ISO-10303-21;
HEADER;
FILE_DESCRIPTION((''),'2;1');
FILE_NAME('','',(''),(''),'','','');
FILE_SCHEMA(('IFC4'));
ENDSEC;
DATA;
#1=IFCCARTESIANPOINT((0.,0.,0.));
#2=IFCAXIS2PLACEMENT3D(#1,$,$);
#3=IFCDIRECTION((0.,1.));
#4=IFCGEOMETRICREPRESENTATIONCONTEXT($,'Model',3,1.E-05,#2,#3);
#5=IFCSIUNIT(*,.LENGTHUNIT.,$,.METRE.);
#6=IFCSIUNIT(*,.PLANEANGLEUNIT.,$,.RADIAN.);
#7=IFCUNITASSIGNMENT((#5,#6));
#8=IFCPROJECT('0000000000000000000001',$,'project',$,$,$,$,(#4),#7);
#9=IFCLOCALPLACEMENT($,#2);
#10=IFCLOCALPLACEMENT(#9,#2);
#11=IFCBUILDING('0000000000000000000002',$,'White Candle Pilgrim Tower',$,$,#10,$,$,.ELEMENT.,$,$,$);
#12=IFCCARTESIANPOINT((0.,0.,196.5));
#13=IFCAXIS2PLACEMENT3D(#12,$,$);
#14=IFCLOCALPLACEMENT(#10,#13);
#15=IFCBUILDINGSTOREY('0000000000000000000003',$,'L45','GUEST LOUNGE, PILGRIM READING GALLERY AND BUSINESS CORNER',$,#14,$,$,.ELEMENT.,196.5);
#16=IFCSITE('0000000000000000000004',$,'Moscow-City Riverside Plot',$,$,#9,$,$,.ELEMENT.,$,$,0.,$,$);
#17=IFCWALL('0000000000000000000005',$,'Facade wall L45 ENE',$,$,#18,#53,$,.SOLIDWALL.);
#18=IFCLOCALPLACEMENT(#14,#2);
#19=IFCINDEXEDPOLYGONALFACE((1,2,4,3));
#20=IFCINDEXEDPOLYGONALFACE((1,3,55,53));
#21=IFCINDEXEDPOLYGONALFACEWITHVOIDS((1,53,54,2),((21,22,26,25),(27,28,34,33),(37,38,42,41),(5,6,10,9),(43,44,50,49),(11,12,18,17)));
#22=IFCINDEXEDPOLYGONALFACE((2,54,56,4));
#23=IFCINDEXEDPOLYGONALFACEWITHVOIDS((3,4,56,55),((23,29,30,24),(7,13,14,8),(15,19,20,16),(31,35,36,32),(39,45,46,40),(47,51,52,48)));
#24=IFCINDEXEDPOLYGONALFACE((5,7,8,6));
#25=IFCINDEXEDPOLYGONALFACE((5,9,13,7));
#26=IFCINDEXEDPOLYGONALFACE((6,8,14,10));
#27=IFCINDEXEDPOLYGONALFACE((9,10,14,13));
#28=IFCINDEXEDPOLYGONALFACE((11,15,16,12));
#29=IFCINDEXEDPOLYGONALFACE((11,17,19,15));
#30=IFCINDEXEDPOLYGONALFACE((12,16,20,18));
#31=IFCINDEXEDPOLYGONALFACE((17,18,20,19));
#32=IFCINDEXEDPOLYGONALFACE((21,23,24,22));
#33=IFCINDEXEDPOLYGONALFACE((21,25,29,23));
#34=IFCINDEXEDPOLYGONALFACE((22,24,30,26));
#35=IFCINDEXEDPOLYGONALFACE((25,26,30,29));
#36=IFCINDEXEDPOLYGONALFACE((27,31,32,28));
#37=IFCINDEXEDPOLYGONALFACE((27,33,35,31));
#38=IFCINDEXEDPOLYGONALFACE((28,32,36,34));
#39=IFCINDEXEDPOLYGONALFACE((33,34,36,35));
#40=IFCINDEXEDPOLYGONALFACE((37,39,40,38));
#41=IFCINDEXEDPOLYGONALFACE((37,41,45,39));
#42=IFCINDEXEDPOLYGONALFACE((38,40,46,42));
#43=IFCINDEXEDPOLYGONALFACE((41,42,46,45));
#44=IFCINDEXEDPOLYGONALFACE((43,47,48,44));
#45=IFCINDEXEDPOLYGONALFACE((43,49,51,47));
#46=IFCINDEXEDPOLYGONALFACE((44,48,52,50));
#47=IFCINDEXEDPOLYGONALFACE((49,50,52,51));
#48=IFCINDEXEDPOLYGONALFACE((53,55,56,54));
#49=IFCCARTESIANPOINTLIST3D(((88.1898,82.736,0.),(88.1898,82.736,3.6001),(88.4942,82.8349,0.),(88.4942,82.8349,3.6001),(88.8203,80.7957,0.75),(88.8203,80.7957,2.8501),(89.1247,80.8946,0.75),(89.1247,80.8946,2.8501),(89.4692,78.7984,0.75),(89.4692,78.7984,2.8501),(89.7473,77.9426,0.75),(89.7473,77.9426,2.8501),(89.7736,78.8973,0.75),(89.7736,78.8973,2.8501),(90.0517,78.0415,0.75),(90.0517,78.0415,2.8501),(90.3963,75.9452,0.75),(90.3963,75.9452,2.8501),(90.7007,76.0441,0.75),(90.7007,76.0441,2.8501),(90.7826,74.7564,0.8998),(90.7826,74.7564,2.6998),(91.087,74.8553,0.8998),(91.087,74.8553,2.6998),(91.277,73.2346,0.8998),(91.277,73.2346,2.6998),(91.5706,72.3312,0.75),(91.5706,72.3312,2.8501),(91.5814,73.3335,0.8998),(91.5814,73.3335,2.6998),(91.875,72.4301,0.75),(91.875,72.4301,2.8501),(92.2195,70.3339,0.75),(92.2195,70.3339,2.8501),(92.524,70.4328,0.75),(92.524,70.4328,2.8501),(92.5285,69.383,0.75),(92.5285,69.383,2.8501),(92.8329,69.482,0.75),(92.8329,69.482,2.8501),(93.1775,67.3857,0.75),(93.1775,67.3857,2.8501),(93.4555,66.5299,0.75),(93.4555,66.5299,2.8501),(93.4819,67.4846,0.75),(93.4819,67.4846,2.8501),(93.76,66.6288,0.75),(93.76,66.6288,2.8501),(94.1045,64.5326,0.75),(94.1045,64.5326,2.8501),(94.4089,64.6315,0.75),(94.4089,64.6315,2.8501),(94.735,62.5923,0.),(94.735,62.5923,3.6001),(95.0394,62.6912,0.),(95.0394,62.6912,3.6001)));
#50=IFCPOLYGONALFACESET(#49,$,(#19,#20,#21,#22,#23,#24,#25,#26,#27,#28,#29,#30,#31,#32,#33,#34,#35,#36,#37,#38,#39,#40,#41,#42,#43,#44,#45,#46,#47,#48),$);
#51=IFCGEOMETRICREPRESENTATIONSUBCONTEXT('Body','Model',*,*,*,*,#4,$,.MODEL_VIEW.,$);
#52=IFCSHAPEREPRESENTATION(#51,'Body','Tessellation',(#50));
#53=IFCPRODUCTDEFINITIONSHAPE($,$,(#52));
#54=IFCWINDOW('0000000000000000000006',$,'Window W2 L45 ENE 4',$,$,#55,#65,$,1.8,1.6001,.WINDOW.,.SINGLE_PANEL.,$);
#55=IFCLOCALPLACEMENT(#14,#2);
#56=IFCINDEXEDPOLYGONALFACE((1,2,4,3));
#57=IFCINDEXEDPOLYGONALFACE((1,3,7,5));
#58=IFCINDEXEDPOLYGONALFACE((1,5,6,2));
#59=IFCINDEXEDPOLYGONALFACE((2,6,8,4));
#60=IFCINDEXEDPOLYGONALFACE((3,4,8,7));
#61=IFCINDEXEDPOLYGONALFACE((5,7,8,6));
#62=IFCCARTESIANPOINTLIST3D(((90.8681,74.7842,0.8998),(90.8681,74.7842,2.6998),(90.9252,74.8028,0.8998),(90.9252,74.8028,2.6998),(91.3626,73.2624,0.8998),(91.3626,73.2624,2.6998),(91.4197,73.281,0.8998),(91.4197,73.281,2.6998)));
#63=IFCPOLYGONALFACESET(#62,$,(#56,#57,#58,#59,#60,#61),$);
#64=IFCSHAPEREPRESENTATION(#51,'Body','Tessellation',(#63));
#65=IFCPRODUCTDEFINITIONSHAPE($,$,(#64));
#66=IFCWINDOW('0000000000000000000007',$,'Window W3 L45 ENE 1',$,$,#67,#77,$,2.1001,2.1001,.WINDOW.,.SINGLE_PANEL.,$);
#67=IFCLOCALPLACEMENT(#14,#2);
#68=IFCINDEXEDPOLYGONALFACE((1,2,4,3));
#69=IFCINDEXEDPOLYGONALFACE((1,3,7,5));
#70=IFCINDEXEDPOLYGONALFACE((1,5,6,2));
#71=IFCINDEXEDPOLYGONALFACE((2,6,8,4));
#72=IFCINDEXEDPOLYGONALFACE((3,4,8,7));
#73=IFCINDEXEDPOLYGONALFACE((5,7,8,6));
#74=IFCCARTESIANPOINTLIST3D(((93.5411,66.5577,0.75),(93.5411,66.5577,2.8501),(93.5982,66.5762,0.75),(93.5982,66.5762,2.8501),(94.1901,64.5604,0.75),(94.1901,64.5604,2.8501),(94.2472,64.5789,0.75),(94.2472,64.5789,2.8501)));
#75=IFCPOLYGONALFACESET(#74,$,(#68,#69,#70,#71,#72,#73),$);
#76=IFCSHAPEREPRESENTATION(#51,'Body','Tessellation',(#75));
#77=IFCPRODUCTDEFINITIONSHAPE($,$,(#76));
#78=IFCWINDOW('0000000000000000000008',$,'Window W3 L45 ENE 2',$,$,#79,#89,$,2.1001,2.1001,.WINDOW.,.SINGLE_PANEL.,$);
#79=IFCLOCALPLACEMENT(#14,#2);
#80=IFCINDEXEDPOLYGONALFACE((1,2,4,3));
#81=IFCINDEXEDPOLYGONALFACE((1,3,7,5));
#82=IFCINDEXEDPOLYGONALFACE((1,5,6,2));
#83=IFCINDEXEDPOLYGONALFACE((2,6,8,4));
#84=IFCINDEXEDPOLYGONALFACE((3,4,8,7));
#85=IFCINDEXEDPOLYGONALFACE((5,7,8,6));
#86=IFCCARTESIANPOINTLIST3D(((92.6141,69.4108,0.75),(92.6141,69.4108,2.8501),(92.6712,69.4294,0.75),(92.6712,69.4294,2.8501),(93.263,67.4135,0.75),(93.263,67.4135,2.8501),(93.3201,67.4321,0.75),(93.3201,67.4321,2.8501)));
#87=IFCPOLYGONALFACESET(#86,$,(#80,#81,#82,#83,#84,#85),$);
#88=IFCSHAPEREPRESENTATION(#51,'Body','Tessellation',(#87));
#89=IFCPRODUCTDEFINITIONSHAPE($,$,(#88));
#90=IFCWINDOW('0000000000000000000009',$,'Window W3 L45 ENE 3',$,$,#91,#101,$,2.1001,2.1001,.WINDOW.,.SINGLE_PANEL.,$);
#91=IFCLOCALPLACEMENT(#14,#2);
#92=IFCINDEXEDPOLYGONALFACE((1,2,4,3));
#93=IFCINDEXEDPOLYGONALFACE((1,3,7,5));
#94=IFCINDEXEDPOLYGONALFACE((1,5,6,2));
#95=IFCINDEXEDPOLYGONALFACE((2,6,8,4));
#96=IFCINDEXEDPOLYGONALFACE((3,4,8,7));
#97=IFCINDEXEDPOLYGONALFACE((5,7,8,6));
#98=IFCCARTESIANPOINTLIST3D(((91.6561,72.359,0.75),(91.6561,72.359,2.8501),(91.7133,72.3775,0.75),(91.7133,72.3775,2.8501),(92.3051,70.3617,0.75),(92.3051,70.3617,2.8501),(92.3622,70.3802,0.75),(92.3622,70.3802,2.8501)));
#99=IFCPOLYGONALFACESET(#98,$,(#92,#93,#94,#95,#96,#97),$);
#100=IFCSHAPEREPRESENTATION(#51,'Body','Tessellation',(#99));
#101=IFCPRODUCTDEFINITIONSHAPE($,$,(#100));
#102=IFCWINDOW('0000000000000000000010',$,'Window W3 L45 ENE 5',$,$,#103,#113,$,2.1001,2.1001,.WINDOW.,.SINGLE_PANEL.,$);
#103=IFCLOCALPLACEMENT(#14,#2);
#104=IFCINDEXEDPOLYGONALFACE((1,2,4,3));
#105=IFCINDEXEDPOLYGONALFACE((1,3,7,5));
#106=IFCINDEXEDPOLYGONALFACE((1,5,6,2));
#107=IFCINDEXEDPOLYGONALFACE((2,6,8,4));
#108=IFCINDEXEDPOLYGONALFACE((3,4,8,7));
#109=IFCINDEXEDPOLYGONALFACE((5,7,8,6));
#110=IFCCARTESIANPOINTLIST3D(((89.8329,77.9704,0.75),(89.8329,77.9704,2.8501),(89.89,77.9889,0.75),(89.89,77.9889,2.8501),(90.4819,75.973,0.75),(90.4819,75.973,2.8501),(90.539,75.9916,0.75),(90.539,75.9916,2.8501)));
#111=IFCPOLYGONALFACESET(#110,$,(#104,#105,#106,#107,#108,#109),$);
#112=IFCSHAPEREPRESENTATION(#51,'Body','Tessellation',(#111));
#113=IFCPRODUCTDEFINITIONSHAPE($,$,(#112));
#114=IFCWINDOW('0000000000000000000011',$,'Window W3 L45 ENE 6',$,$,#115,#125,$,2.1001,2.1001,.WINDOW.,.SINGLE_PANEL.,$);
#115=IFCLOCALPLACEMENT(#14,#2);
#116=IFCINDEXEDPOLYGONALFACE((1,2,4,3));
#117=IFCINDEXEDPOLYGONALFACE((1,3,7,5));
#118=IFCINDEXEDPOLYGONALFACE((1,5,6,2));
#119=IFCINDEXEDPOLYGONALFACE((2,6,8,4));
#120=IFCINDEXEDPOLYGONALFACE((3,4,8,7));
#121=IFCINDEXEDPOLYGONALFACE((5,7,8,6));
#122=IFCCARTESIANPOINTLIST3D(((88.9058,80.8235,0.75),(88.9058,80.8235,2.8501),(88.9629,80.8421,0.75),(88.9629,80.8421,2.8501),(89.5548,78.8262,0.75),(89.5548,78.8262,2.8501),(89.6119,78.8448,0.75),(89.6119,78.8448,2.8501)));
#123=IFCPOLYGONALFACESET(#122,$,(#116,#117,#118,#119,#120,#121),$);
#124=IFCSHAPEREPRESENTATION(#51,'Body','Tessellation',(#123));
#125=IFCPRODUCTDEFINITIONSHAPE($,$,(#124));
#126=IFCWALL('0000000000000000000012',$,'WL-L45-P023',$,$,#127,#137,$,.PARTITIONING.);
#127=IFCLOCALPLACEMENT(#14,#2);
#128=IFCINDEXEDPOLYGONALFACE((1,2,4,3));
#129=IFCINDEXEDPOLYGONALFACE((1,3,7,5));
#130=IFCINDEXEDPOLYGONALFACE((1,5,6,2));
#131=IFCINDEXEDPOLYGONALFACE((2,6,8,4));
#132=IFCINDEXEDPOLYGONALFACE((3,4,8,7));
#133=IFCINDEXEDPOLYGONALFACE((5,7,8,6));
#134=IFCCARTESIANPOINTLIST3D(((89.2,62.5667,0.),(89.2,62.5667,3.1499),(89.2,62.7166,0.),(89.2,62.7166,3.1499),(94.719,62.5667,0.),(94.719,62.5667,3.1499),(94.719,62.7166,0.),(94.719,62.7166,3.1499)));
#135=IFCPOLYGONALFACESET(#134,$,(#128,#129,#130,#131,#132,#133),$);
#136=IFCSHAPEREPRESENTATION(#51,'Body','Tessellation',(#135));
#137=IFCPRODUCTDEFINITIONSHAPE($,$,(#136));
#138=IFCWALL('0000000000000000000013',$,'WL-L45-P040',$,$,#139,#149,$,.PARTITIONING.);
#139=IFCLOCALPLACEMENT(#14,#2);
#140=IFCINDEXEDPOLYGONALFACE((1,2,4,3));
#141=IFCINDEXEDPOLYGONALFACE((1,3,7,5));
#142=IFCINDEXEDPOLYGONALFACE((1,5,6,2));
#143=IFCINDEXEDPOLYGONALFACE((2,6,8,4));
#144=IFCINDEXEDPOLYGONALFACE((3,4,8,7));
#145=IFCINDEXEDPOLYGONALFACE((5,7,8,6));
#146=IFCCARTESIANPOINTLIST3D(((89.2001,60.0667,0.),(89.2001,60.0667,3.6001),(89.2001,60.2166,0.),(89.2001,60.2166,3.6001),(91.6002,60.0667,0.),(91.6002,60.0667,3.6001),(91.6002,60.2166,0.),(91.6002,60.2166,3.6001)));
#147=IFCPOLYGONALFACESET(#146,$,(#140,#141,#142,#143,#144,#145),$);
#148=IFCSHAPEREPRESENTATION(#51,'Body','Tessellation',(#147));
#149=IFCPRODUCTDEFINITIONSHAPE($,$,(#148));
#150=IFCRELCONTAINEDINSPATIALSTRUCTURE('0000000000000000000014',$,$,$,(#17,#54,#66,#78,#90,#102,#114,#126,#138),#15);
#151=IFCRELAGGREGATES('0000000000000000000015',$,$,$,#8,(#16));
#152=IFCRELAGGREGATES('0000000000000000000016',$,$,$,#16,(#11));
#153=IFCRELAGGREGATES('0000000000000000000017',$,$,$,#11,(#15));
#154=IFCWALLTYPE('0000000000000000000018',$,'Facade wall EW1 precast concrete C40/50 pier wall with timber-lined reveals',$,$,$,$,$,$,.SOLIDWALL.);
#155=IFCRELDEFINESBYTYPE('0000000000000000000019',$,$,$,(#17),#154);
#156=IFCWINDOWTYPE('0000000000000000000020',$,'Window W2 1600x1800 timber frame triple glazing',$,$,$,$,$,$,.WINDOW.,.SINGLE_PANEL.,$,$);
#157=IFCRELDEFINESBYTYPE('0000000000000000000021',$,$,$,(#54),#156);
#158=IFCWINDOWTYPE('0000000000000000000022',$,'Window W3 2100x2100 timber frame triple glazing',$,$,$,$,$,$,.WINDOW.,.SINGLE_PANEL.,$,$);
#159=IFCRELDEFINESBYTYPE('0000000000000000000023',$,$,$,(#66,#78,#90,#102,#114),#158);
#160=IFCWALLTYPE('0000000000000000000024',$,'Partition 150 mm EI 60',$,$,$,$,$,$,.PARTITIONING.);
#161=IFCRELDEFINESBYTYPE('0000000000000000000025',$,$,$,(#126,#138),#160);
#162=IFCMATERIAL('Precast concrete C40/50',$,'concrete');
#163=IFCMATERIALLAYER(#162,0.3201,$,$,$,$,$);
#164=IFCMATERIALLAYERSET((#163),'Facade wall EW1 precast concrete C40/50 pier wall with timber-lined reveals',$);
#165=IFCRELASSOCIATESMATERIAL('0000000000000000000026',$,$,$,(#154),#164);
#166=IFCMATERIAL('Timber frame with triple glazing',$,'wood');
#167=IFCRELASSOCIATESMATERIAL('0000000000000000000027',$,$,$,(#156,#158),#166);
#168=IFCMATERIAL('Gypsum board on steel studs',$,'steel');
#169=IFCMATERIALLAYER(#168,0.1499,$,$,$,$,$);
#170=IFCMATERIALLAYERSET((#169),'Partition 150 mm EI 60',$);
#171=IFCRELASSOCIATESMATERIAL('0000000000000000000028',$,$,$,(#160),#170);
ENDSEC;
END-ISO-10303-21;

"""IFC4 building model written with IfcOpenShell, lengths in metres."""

from ifc_helpers import new_model, si_unit, direction, frame, frame_2d, origin, place, context, subcontext, project, spatial, rectangle, extrude, material, layer, layer_set, type_object, element, fill, save


model = new_model("IFC4")

# Units and contexts
model_context = context("Model", 3, precision=1e-05, world=origin(), true_north=direction((0.0, 1.0)))
body_context = subcontext(model_context, "Body", "Model", "MODEL_VIEW")
ifc_project = project(units=[si_unit("LENGTHUNIT", "METRE"), si_unit("PLANEANGLEUNIT", "RADIAN")], contexts=[model_context])

# Site, building, storey
site_placement = place(None, origin())
site = spatial("IfcSite", under=ifc_project, at=site_placement, Name="Moscow-City Riverside Plot", CompositionType="ELEMENT", RefElevation=0.0)
building_placement = place(site_placement, origin())
building = spatial("IfcBuilding", under=site, at=building_placement, Name="White Candle Pilgrim Tower", CompositionType="ELEMENT")
storey_placement = place(building_placement, frame((0.0, 0.0, 196.5)))
storey = spatial("IfcBuildingStorey", under=building, at=storey_placement, Name="L45", Description="GUEST LOUNGE, PILGRIM READING GALLERY AND BUSINESS CORNER", CompositionType="ELEMENT", Elevation=196.5)

# Shared definitions
ifc_material_1 = material(Name="Gypsum board on steel studs", Category="steel")

# Wall, openings, windows
ifc_material_2 = material(Name="Precast concrete C40/50", Category="concrete")
ifc_layer_1 = layer(ifc_material_2, 0.3201)
ifc_layer_set_1 = layer_set([ifc_layer_1], Name="Facade wall EW1 precast concrete C40/50 pier wall with timber-lined reveals")
wall_type_1 = type_object("IfcWallType", Name="Facade wall EW1 precast concrete C40/50 pier wall with timber-lined reveals", PredefinedType="SOLIDWALL", material=ifc_layer_set_1)
wall_1_placement = place(storey_placement, frame((94.8872, 62.6416, 0.0), z_axis=(0.0, 0.0, 1.0), x_axis=(-0.309019, 0.951056, 0.0)))
wall_1 = element("IfcWall", 1, at=wall_1_placement, inside=storey, type_object=wall_type_1, Name="Facade wall L45 ENE", PredefinedType="SOLIDWALL", context=body_context, shape_type="SweptSolid", body=[
    extrude(rectangle(XDim=21.1804, YDim=0.3201, at=frame_2d((10.5903, 0.0))), origin(), (0.0, 0.0, 1.0), 3.6001),
])
opening_1_placement = place(wall_1_placement, frame((2.0403, 0.0, 0.75)))
opening_1 = element("IfcOpeningElement", 2, at=opening_1_placement, cuts=wall_1, PredefinedType="OPENING", context=body_context, shape_type="SweptSolid", body=[
    extrude(rectangle(XDim=2.1001, YDim=2.1001, at=frame_2d((1.05, 1.05))), frame((0.0, 0.1699, 0.0), z_axis=(0.0, -1.0, 0.0), x_axis=(1.0, 0.0, 0.0)), (0.0, 0.0, 1.0), 0.3401),
])
opening_2_placement = place(wall_1_placement, frame((5.0403, 0.0, 0.75)))
opening_2 = element("IfcOpeningElement", 3, at=opening_2_placement, cuts=wall_1, PredefinedType="OPENING", context=body_context, shape_type="SweptSolid", body=[
    extrude(rectangle(XDim=2.1001, YDim=2.1001, at=frame_2d((1.05, 1.05))), frame((0.0, 0.1699, 0.0), z_axis=(0.0, -1.0, 0.0), x_axis=(1.0, 0.0, 0.0)), (0.0, 0.0, 1.0), 0.3401),
])
opening_3_placement = place(wall_1_placement, frame((8.1401, 0.0, 0.75)))
opening_3 = element("IfcOpeningElement", 4, at=opening_3_placement, cuts=wall_1, PredefinedType="OPENING", context=body_context, shape_type="SweptSolid", body=[
    extrude(rectangle(XDim=2.1001, YDim=2.1001, at=frame_2d((1.05, 1.05))), frame((0.0, 0.1699, 0.0), z_axis=(0.0, -1.0, 0.0), x_axis=(1.0, 0.0, 0.0)), (0.0, 0.0, 1.0), 0.3401),
])
opening_4_placement = place(wall_1_placement, frame((11.1902, 0.0, 0.8999)))
opening_4 = element("IfcOpeningElement", 5, at=opening_4_placement, cuts=wall_1, PredefinedType="OPENING", context=body_context, shape_type="SweptSolid", body=[
    extrude(rectangle(XDim=1.6001, YDim=1.8, at=frame_2d((0.8, 0.8999))), frame((0.0, 0.1699, 0.0), z_axis=(0.0, -1.0, 0.0), x_axis=(1.0, 0.0, 0.0)), (0.0, 0.0, 1.0), 0.3401),
])
opening_5_placement = place(wall_1_placement, frame((14.0403, 0.0, 0.75)))
opening_5 = element("IfcOpeningElement", 6, at=opening_5_placement, cuts=wall_1, PredefinedType="OPENING", context=body_context, shape_type="SweptSolid", body=[
    extrude(rectangle(XDim=2.1001, YDim=2.1001, at=frame_2d((1.05, 1.05))), frame((0.0, 0.1699, 0.0), z_axis=(0.0, -1.0, 0.0), x_axis=(1.0, 0.0, 0.0)), (0.0, 0.0, 1.0), 0.3401),
])
opening_6_placement = place(wall_1_placement, frame((17.0403, 0.0, 0.75)))
opening_6 = element("IfcOpeningElement", 7, at=opening_6_placement, cuts=wall_1, PredefinedType="OPENING", context=body_context, shape_type="SweptSolid", body=[
    extrude(rectangle(XDim=2.1001, YDim=2.1001, at=frame_2d((1.05, 1.05))), frame((0.0, 0.1699, 0.0), z_axis=(0.0, -1.0, 0.0), x_axis=(1.0, 0.0, 0.0)), (0.0, 0.0, 1.0), 0.3401),
])
ifc_material_3 = material(Name="Timber frame with triple glazing", Category="wood")
window_type_1 = type_object("IfcWindowType", Name="Window W2 1600x1800 timber frame triple glazing", PartitioningType="SINGLE_PANEL", PredefinedType="WINDOW", material=ifc_material_3)
window_1_placement = place(opening_4_placement, origin())
window_1 = element("IfcWindow", 8, at=window_1_placement, inside=storey, type_object=window_type_1, Name="Window W2 L45 ENE 4", OverallHeight=1.8, OverallWidth=1.6001, PartitioningType="SINGLE_PANEL", PredefinedType="WINDOW", context=body_context, shape_type="SweptSolid", body=[
    extrude(rectangle(XDim=1.6001, YDim=1.8, at=frame_2d((0.8, 0.8999))), frame((0.0, 0.0701, 0.0), z_axis=(0.0, -1.0, 0.0), x_axis=(1.0, 0.0, 0.0)), (0.0, 0.0, 1.0), 0.0601),
])
fill(opening_4, window_1)
window_type_2 = type_object("IfcWindowType", Name="Window W3 2100x2100 timber frame triple glazing", PartitioningType="SINGLE_PANEL", PredefinedType="WINDOW", material=ifc_material_3)
window_2_placement = place(opening_1_placement, origin())
window_2 = element("IfcWindow", 9, at=window_2_placement, inside=storey, type_object=window_type_2, Name="Window W3 L45 ENE 1", OverallHeight=2.1001, OverallWidth=2.1001, PartitioningType="SINGLE_PANEL", PredefinedType="WINDOW", context=body_context, shape_type="SweptSolid", body=[
    extrude(rectangle(XDim=2.1001, YDim=2.1001, at=frame_2d((1.05, 1.05))), frame((0.0, 0.0701, 0.0), z_axis=(0.0, -1.0, 0.0), x_axis=(1.0, 0.0, 0.0)), (0.0, 0.0, 1.0), 0.0601),
])
fill(opening_1, window_2)
window_3_placement = place(opening_2_placement, origin())
window_3 = element("IfcWindow", 10, at=window_3_placement, inside=storey, type_object=window_type_2, Name="Window W3 L45 ENE 2", OverallHeight=2.1001, OverallWidth=2.1001, PartitioningType="SINGLE_PANEL", PredefinedType="WINDOW", context=body_context, shape_type="SweptSolid", body=[
    extrude(rectangle(XDim=2.1001, YDim=2.1001, at=frame_2d((1.05, 1.05))), frame((0.0, 0.0701, 0.0), z_axis=(0.0, -1.0, 0.0), x_axis=(1.0, 0.0, 0.0)), (0.0, 0.0, 1.0), 0.0601),
])
fill(opening_2, window_3)
window_4_placement = place(opening_3_placement, origin())
window_4 = element("IfcWindow", 11, at=window_4_placement, inside=storey, type_object=window_type_2, Name="Window W3 L45 ENE 3", OverallHeight=2.1001, OverallWidth=2.1001, PartitioningType="SINGLE_PANEL", PredefinedType="WINDOW", context=body_context, shape_type="SweptSolid", body=[
    extrude(rectangle(XDim=2.1001, YDim=2.1001, at=frame_2d((1.05, 1.05))), frame((0.0, 0.0701, 0.0), z_axis=(0.0, -1.0, 0.0), x_axis=(1.0, 0.0, 0.0)), (0.0, 0.0, 1.0), 0.0601),
])
fill(opening_3, window_4)
window_5_placement = place(opening_5_placement, origin())
window_5 = element("IfcWindow", 12, at=window_5_placement, inside=storey, type_object=window_type_2, Name="Window W3 L45 ENE 5", OverallHeight=2.1001, OverallWidth=2.1001, PartitioningType="SINGLE_PANEL", PredefinedType="WINDOW", context=body_context, shape_type="SweptSolid", body=[
    extrude(rectangle(XDim=2.1001, YDim=2.1001, at=frame_2d((1.05, 1.05))), frame((0.0, 0.0701, 0.0), z_axis=(0.0, -1.0, 0.0), x_axis=(1.0, 0.0, 0.0)), (0.0, 0.0, 1.0), 0.0601),
])
fill(opening_5, window_5)
window_6_placement = place(opening_6_placement, origin())
window_6 = element("IfcWindow", 13, at=window_6_placement, inside=storey, type_object=window_type_2, Name="Window W3 L45 ENE 6", OverallHeight=2.1001, OverallWidth=2.1001, PartitioningType="SINGLE_PANEL", PredefinedType="WINDOW", context=body_context, shape_type="SweptSolid", body=[
    extrude(rectangle(XDim=2.1001, YDim=2.1001, at=frame_2d((1.05, 1.05))), frame((0.0, 0.0701, 0.0), z_axis=(0.0, -1.0, 0.0), x_axis=(1.0, 0.0, 0.0)), (0.0, 0.0, 1.0), 0.0601),
])
fill(opening_6, window_6)

# Walls
ifc_layer_2 = layer(ifc_material_1, 0.1499)
ifc_layer_set_2 = layer_set([ifc_layer_2], Name="Partition 150 mm EI 60")
wall_type_2 = type_object("IfcWallType", Name="Partition 150 mm EI 60", PredefinedType="PARTITIONING", material=ifc_layer_set_2)
wall_2_placement = place(storey_placement, frame((94.719, 62.6416, 0.0), z_axis=(0.0, 0.0, 1.0), x_axis=(-1.0, 0.0, 0.0)))
element("IfcWall", 14, at=wall_2_placement, inside=storey, type_object=wall_type_2, Name="WL-L45-P023", PredefinedType="PARTITIONING", context=body_context, shape_type="SweptSolid", body=[
    extrude(rectangle(XDim=5.519, YDim=0.1499, at=frame_2d((2.7595, 0.0))), origin(), (0.0, 0.0, 1.0), 3.1499),
])
wall_3_placement = place(storey_placement, frame((89.2, 60.1416, 0.0), z_axis=(0.0, 0.0, 1.0), x_axis=(1.0, 0.0, 0.0)))
element("IfcWall", 15, at=wall_3_placement, inside=storey, type_object=wall_type_2, Name="WL-L45-P040", PredefinedType="PARTITIONING", context=body_context, shape_type="SweptSolid", body=[
    extrude(rectangle(XDim=2.4001, YDim=0.1499, at=frame_2d((1.2002, 0.0))), origin(), (0.0, 0.0, 1.0), 3.6001),
])

save(model, "model.ifc")
